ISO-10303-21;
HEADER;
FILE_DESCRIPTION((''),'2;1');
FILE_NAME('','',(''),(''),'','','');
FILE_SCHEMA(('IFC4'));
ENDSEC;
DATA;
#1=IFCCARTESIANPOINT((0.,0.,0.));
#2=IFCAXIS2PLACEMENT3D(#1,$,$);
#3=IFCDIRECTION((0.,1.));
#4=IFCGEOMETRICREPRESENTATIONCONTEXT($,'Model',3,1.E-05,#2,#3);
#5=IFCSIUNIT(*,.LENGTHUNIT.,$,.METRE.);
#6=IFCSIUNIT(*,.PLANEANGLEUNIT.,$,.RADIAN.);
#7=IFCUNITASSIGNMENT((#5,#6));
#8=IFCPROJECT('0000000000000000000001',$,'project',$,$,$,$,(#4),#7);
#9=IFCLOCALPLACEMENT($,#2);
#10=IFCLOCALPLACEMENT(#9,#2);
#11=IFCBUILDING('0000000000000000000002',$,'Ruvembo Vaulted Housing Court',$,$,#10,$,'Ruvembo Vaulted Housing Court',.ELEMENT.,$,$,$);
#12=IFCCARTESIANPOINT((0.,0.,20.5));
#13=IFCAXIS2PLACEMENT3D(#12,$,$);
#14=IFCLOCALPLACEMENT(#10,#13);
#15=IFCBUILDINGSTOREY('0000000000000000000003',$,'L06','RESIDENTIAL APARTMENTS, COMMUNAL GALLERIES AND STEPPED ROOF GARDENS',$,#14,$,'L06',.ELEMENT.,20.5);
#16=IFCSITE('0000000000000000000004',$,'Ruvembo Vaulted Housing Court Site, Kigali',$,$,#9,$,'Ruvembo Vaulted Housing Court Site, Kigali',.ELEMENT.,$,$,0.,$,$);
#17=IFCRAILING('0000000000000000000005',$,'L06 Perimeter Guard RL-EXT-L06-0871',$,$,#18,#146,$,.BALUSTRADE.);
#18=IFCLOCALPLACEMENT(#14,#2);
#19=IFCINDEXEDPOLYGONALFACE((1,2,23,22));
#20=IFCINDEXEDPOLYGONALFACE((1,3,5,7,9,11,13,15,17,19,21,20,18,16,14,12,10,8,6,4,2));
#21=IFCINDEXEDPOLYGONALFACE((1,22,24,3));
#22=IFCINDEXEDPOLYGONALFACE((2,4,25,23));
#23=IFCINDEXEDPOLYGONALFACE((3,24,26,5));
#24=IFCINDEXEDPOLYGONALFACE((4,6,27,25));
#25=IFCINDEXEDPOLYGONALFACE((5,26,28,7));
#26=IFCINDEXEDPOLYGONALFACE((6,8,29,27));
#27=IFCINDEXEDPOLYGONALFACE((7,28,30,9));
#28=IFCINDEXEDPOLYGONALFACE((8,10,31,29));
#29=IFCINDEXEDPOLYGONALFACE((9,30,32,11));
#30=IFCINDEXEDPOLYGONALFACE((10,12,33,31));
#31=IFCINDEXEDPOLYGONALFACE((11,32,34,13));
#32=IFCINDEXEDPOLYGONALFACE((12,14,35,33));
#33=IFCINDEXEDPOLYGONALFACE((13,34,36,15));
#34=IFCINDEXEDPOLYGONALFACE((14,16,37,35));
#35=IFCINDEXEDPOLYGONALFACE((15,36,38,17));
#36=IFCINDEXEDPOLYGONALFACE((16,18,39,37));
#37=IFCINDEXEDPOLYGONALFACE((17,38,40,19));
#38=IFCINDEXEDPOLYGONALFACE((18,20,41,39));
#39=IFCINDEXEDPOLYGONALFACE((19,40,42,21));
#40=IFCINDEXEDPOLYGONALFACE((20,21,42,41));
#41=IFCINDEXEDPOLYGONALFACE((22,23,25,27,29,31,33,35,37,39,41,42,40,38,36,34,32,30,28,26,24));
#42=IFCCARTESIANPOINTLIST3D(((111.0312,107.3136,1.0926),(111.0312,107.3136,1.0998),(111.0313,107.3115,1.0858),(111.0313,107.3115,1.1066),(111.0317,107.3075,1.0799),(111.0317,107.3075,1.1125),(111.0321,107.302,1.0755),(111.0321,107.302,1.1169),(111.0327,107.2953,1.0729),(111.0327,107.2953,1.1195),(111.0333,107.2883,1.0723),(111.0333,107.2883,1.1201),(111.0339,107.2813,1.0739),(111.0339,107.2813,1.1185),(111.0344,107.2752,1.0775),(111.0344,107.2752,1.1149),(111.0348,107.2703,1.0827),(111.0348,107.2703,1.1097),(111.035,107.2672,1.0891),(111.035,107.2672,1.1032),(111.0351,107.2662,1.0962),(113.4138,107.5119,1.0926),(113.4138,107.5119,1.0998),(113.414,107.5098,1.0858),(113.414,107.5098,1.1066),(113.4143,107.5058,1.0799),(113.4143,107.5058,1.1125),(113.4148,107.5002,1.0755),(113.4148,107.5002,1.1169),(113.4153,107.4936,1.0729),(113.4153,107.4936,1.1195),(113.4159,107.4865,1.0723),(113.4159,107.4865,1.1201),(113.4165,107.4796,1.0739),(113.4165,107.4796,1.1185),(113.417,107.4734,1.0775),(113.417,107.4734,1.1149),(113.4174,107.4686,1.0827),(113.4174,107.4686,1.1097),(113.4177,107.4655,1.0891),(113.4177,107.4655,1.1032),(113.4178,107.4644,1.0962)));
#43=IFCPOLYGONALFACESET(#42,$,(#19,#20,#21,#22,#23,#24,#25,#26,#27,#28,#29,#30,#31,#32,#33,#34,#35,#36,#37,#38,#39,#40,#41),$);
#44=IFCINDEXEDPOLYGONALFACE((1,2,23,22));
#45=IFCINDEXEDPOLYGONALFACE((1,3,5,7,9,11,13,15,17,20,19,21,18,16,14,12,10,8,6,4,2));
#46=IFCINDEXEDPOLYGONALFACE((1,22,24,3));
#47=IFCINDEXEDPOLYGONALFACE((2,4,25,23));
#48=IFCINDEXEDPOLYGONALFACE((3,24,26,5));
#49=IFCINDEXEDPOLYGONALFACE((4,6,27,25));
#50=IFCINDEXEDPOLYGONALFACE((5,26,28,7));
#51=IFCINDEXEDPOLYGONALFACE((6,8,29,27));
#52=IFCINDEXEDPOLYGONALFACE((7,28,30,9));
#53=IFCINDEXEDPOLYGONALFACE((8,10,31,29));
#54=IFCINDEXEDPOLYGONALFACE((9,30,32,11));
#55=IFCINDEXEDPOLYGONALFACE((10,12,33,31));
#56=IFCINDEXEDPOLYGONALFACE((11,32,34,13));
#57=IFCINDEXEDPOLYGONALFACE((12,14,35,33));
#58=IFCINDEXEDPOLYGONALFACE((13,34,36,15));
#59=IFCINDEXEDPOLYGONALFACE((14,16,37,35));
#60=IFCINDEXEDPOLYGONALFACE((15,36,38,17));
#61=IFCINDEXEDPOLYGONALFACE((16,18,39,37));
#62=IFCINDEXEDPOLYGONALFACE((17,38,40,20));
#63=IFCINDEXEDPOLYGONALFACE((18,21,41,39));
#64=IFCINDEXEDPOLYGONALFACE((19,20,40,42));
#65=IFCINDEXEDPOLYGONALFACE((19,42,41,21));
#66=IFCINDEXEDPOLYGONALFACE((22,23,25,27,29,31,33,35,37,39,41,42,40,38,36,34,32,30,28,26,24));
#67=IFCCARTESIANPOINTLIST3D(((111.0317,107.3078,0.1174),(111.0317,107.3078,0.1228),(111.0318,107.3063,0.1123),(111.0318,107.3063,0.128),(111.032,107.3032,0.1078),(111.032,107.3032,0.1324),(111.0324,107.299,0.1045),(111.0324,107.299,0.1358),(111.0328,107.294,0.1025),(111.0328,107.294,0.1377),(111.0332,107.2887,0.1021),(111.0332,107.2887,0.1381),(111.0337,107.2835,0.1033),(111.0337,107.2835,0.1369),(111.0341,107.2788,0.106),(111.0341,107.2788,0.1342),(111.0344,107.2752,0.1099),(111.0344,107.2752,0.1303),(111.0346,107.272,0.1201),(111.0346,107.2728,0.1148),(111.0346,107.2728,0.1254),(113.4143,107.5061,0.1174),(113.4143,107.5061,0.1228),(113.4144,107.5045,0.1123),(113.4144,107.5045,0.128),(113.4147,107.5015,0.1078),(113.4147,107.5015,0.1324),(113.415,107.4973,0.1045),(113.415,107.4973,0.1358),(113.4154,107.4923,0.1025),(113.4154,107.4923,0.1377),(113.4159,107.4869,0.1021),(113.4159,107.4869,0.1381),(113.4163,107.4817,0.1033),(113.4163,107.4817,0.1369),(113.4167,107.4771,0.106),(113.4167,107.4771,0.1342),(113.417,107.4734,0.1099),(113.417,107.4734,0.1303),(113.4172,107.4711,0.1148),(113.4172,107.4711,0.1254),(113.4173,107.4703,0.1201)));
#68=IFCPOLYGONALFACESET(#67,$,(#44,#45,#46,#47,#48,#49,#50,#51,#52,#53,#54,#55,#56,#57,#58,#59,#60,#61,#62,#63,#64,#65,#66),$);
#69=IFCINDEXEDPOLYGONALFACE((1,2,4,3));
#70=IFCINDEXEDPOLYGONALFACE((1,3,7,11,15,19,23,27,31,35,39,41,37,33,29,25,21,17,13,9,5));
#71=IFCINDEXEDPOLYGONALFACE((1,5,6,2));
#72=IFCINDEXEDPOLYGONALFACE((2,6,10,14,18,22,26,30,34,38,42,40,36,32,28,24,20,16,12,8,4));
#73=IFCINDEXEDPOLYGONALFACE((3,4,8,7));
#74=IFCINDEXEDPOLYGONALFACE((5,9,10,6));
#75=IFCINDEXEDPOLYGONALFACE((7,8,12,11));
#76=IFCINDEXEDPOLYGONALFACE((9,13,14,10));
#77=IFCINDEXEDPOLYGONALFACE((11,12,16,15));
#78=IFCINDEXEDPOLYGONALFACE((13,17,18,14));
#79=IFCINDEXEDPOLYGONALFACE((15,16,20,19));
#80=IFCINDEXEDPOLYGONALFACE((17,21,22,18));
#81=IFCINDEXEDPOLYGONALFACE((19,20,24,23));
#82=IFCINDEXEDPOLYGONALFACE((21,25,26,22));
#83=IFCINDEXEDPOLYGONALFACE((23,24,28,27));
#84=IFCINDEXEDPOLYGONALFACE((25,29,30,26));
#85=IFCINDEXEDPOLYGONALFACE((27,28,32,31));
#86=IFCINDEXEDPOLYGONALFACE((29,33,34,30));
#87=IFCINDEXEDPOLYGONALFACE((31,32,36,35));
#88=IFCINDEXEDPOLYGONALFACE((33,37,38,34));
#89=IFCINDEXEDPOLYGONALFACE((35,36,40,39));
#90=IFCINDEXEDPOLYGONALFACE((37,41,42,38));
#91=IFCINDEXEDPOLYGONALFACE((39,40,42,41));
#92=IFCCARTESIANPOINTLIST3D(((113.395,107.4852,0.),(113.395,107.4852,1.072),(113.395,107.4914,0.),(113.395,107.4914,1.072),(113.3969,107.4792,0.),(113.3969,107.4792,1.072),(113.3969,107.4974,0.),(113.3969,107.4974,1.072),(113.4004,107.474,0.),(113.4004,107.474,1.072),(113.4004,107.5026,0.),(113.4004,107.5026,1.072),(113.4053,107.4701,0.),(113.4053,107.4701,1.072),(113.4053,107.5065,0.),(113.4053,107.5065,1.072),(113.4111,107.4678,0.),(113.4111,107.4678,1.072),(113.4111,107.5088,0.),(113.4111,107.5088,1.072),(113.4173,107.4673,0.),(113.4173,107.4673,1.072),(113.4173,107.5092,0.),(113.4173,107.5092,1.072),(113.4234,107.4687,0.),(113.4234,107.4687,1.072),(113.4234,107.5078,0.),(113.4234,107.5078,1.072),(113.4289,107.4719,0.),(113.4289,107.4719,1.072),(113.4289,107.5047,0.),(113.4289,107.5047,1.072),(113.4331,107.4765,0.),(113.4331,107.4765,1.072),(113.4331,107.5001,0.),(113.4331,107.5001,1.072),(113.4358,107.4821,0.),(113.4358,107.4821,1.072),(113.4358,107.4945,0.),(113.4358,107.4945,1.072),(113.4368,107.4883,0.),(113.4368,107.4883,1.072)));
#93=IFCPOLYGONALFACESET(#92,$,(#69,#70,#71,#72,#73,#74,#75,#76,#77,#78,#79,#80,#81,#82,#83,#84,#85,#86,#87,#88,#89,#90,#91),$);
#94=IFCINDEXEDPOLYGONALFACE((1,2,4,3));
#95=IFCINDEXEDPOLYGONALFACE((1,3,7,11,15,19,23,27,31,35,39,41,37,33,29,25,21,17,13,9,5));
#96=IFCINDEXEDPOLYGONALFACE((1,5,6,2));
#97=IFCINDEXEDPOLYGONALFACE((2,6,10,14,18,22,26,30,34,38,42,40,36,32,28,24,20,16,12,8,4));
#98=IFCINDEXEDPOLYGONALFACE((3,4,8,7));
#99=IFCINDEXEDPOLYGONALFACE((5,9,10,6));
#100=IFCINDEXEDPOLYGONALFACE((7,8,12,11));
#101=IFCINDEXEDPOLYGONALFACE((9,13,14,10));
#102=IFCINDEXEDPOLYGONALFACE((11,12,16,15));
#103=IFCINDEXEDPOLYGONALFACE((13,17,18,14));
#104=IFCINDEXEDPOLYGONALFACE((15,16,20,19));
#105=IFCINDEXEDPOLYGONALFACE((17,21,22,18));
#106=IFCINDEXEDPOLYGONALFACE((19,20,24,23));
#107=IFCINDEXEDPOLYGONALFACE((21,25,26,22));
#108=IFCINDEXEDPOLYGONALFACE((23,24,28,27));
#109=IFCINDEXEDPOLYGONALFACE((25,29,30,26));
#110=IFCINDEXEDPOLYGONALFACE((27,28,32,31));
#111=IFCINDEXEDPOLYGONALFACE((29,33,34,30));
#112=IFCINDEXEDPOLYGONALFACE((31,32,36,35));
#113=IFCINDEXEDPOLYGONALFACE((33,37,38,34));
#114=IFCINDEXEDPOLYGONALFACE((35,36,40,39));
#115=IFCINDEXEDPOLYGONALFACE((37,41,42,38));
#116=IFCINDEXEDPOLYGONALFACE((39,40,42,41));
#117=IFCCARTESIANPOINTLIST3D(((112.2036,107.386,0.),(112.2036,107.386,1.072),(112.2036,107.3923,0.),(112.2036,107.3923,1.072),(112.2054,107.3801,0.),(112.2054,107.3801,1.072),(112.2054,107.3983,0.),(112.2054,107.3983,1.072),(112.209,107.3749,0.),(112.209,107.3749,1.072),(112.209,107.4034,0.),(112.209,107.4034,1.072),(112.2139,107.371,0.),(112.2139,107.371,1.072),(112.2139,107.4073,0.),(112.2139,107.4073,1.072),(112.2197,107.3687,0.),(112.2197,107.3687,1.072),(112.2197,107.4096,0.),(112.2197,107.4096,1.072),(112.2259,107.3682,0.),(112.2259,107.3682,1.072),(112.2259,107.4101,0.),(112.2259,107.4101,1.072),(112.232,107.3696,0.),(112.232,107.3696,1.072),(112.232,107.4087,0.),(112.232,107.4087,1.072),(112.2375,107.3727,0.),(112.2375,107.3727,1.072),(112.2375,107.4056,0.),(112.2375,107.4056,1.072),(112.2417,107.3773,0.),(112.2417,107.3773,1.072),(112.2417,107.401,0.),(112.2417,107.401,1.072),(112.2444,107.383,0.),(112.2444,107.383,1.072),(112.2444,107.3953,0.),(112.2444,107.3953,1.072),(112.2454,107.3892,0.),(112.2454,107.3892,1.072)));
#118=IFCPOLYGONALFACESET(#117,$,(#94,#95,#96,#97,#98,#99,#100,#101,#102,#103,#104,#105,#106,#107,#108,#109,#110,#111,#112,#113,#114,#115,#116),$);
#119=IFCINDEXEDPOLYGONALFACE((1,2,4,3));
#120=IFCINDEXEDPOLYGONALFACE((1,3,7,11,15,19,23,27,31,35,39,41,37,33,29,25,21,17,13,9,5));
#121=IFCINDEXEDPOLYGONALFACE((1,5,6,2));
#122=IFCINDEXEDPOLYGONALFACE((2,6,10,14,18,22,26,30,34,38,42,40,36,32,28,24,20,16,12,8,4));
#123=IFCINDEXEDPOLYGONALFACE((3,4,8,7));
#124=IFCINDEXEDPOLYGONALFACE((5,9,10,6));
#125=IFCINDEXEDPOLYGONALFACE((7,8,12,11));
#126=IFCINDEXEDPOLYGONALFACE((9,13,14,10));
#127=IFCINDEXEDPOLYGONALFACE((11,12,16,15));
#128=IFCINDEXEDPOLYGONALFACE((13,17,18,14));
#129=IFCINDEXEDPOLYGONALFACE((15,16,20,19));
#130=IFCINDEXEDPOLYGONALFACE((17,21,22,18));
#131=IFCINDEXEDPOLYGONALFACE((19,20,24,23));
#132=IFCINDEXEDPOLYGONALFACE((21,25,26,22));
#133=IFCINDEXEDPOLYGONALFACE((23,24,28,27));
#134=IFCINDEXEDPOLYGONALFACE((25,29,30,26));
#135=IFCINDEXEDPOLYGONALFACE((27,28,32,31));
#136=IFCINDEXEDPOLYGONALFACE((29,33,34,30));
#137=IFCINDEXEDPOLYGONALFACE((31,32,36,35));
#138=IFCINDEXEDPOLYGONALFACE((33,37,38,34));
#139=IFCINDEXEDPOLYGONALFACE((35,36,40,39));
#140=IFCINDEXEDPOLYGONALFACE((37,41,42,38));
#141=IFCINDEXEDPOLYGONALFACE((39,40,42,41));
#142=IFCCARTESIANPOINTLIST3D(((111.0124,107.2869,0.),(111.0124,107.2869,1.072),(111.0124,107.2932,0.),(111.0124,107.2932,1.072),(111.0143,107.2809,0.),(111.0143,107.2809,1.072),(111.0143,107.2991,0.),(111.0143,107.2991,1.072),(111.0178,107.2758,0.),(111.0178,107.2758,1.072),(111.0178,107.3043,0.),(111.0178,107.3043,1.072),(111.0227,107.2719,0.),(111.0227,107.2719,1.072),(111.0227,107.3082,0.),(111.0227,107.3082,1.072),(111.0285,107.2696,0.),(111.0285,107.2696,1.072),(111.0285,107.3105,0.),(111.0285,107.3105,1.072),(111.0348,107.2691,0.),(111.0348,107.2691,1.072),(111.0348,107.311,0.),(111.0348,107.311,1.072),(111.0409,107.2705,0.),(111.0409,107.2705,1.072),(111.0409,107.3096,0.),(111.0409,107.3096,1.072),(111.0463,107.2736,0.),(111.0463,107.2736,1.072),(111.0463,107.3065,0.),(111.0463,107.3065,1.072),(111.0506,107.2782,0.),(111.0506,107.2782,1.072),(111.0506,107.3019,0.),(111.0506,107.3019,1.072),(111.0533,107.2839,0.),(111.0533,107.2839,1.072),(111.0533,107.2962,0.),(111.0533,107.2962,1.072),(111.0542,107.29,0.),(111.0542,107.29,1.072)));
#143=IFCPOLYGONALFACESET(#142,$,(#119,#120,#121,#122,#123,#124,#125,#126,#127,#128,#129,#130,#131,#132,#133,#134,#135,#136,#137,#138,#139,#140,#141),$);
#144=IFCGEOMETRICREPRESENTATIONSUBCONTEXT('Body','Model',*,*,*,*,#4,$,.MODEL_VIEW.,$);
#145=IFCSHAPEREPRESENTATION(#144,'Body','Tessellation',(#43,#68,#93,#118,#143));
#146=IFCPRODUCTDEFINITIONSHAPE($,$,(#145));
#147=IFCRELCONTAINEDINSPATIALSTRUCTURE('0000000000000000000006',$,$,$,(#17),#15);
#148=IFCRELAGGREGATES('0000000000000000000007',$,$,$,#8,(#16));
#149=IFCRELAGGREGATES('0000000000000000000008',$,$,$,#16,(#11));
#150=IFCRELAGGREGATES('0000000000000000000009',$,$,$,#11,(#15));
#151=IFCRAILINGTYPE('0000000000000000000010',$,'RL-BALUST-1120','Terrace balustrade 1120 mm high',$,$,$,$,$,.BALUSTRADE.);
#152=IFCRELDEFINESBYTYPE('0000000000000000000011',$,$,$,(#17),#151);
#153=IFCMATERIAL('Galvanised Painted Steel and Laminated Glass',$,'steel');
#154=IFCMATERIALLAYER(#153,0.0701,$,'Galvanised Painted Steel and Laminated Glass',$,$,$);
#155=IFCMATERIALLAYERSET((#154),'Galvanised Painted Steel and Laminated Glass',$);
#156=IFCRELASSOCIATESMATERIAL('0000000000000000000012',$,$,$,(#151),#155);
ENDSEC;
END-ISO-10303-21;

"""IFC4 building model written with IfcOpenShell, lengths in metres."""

from ifc_helpers import new_model, si_unit, direction, frame, origin, origin_2d, place, context, subcontext, project, spatial, circle, extrude, material, layer, layer_set, type_object, element, save


model = new_model("IFC4")

# Units and contexts
model_context = context("Model", 3, precision=1e-05, world=origin(), true_north=direction((0.0, 1.0)))
body_context = subcontext(model_context, "Body", "Model", "MODEL_VIEW")
ifc_project = project(units=[si_unit("LENGTHUNIT", "METRE"), si_unit("PLANEANGLEUNIT", "RADIAN")], contexts=[model_context])

# Site, building, storey
site_placement = place(None, origin())
site = spatial("IfcSite", under=ifc_project, at=site_placement, Name="Ruvembo Vaulted Housing Court Site, Kigali", LongName="Ruvembo Vaulted Housing Court Site, Kigali", CompositionType="ELEMENT", RefElevation=0.0)
building_placement = place(site_placement, origin())
building = spatial("IfcBuilding", under=site, at=building_placement, Name="Ruvembo Vaulted Housing Court", LongName="Ruvembo Vaulted Housing Court", CompositionType="ELEMENT")
storey_placement = place(building_placement, frame((0.0, 0.0, 20.5)))
storey = spatial("IfcBuildingStorey", under=building, at=storey_placement, Name="L06", Description="RESIDENTIAL APARTMENTS, COMMUNAL GALLERIES AND STEPPED ROOF GARDENS", LongName="L06", CompositionType="ELEMENT", Elevation=20.5)

# Railing
ifc_material_1 = material(Name="Galvanised Painted Steel and Laminated Glass", Category="steel")
ifc_layer = layer(ifc_material_1, 0.0701, Name="Galvanised Painted Steel and Laminated Glass")
ifc_layer_set = layer_set([ifc_layer], Name="Galvanised Painted Steel and Laminated Glass")
railing_type = type_object("IfcRailingType", Name="RL-BALUST-1120", Description="Terrace balustrade 1120 mm high", PredefinedType="BALUSTRADE", material=ifc_layer_set)
railing_1_placement = place(storey_placement, frame((113.4158, 107.4883, 0.0)))
element("IfcRailing", 1, at=railing_1_placement, inside=storey, type_object=railing_type, Name="L06 Perimeter Guard RL-EXT-L06-0871", PredefinedType="BALUSTRADE", context=body_context, shape_type="SweptSolid", body=[
    extrude(circle(Radius=0.0239, at=origin_2d()), frame((0.0, 0.0, 1.0962), z_axis=(-0.996556, -0.082919, 0.0), x_axis=(0.082919, -0.996556, 0.0)), (0.0, 0.0, 1.0), 2.3909),
    extrude(circle(Radius=0.0181, at=origin_2d()), frame((0.0, 0.0, 0.1201), z_axis=(-0.996556, -0.082919, 0.0), x_axis=(0.082919, -0.996556, 0.0)), (0.0, 0.0, 1.0), 2.3909),
    extrude(circle(Radius=0.021, at=origin_2d()), origin(), (0.0, 0.0, 1.0), 1.072),
    extrude(circle(Radius=0.021, at=origin_2d()), frame((-1.1914, -0.0991, 0.0)), (0.0, 0.0, 1.0), 1.072),
    extrude(circle(Radius=0.021, at=origin_2d()), frame((-2.3826, -0.1982, 0.0)), (0.0, 0.0, 1.0), 1.072),
])

save(model, "model.ifc")
